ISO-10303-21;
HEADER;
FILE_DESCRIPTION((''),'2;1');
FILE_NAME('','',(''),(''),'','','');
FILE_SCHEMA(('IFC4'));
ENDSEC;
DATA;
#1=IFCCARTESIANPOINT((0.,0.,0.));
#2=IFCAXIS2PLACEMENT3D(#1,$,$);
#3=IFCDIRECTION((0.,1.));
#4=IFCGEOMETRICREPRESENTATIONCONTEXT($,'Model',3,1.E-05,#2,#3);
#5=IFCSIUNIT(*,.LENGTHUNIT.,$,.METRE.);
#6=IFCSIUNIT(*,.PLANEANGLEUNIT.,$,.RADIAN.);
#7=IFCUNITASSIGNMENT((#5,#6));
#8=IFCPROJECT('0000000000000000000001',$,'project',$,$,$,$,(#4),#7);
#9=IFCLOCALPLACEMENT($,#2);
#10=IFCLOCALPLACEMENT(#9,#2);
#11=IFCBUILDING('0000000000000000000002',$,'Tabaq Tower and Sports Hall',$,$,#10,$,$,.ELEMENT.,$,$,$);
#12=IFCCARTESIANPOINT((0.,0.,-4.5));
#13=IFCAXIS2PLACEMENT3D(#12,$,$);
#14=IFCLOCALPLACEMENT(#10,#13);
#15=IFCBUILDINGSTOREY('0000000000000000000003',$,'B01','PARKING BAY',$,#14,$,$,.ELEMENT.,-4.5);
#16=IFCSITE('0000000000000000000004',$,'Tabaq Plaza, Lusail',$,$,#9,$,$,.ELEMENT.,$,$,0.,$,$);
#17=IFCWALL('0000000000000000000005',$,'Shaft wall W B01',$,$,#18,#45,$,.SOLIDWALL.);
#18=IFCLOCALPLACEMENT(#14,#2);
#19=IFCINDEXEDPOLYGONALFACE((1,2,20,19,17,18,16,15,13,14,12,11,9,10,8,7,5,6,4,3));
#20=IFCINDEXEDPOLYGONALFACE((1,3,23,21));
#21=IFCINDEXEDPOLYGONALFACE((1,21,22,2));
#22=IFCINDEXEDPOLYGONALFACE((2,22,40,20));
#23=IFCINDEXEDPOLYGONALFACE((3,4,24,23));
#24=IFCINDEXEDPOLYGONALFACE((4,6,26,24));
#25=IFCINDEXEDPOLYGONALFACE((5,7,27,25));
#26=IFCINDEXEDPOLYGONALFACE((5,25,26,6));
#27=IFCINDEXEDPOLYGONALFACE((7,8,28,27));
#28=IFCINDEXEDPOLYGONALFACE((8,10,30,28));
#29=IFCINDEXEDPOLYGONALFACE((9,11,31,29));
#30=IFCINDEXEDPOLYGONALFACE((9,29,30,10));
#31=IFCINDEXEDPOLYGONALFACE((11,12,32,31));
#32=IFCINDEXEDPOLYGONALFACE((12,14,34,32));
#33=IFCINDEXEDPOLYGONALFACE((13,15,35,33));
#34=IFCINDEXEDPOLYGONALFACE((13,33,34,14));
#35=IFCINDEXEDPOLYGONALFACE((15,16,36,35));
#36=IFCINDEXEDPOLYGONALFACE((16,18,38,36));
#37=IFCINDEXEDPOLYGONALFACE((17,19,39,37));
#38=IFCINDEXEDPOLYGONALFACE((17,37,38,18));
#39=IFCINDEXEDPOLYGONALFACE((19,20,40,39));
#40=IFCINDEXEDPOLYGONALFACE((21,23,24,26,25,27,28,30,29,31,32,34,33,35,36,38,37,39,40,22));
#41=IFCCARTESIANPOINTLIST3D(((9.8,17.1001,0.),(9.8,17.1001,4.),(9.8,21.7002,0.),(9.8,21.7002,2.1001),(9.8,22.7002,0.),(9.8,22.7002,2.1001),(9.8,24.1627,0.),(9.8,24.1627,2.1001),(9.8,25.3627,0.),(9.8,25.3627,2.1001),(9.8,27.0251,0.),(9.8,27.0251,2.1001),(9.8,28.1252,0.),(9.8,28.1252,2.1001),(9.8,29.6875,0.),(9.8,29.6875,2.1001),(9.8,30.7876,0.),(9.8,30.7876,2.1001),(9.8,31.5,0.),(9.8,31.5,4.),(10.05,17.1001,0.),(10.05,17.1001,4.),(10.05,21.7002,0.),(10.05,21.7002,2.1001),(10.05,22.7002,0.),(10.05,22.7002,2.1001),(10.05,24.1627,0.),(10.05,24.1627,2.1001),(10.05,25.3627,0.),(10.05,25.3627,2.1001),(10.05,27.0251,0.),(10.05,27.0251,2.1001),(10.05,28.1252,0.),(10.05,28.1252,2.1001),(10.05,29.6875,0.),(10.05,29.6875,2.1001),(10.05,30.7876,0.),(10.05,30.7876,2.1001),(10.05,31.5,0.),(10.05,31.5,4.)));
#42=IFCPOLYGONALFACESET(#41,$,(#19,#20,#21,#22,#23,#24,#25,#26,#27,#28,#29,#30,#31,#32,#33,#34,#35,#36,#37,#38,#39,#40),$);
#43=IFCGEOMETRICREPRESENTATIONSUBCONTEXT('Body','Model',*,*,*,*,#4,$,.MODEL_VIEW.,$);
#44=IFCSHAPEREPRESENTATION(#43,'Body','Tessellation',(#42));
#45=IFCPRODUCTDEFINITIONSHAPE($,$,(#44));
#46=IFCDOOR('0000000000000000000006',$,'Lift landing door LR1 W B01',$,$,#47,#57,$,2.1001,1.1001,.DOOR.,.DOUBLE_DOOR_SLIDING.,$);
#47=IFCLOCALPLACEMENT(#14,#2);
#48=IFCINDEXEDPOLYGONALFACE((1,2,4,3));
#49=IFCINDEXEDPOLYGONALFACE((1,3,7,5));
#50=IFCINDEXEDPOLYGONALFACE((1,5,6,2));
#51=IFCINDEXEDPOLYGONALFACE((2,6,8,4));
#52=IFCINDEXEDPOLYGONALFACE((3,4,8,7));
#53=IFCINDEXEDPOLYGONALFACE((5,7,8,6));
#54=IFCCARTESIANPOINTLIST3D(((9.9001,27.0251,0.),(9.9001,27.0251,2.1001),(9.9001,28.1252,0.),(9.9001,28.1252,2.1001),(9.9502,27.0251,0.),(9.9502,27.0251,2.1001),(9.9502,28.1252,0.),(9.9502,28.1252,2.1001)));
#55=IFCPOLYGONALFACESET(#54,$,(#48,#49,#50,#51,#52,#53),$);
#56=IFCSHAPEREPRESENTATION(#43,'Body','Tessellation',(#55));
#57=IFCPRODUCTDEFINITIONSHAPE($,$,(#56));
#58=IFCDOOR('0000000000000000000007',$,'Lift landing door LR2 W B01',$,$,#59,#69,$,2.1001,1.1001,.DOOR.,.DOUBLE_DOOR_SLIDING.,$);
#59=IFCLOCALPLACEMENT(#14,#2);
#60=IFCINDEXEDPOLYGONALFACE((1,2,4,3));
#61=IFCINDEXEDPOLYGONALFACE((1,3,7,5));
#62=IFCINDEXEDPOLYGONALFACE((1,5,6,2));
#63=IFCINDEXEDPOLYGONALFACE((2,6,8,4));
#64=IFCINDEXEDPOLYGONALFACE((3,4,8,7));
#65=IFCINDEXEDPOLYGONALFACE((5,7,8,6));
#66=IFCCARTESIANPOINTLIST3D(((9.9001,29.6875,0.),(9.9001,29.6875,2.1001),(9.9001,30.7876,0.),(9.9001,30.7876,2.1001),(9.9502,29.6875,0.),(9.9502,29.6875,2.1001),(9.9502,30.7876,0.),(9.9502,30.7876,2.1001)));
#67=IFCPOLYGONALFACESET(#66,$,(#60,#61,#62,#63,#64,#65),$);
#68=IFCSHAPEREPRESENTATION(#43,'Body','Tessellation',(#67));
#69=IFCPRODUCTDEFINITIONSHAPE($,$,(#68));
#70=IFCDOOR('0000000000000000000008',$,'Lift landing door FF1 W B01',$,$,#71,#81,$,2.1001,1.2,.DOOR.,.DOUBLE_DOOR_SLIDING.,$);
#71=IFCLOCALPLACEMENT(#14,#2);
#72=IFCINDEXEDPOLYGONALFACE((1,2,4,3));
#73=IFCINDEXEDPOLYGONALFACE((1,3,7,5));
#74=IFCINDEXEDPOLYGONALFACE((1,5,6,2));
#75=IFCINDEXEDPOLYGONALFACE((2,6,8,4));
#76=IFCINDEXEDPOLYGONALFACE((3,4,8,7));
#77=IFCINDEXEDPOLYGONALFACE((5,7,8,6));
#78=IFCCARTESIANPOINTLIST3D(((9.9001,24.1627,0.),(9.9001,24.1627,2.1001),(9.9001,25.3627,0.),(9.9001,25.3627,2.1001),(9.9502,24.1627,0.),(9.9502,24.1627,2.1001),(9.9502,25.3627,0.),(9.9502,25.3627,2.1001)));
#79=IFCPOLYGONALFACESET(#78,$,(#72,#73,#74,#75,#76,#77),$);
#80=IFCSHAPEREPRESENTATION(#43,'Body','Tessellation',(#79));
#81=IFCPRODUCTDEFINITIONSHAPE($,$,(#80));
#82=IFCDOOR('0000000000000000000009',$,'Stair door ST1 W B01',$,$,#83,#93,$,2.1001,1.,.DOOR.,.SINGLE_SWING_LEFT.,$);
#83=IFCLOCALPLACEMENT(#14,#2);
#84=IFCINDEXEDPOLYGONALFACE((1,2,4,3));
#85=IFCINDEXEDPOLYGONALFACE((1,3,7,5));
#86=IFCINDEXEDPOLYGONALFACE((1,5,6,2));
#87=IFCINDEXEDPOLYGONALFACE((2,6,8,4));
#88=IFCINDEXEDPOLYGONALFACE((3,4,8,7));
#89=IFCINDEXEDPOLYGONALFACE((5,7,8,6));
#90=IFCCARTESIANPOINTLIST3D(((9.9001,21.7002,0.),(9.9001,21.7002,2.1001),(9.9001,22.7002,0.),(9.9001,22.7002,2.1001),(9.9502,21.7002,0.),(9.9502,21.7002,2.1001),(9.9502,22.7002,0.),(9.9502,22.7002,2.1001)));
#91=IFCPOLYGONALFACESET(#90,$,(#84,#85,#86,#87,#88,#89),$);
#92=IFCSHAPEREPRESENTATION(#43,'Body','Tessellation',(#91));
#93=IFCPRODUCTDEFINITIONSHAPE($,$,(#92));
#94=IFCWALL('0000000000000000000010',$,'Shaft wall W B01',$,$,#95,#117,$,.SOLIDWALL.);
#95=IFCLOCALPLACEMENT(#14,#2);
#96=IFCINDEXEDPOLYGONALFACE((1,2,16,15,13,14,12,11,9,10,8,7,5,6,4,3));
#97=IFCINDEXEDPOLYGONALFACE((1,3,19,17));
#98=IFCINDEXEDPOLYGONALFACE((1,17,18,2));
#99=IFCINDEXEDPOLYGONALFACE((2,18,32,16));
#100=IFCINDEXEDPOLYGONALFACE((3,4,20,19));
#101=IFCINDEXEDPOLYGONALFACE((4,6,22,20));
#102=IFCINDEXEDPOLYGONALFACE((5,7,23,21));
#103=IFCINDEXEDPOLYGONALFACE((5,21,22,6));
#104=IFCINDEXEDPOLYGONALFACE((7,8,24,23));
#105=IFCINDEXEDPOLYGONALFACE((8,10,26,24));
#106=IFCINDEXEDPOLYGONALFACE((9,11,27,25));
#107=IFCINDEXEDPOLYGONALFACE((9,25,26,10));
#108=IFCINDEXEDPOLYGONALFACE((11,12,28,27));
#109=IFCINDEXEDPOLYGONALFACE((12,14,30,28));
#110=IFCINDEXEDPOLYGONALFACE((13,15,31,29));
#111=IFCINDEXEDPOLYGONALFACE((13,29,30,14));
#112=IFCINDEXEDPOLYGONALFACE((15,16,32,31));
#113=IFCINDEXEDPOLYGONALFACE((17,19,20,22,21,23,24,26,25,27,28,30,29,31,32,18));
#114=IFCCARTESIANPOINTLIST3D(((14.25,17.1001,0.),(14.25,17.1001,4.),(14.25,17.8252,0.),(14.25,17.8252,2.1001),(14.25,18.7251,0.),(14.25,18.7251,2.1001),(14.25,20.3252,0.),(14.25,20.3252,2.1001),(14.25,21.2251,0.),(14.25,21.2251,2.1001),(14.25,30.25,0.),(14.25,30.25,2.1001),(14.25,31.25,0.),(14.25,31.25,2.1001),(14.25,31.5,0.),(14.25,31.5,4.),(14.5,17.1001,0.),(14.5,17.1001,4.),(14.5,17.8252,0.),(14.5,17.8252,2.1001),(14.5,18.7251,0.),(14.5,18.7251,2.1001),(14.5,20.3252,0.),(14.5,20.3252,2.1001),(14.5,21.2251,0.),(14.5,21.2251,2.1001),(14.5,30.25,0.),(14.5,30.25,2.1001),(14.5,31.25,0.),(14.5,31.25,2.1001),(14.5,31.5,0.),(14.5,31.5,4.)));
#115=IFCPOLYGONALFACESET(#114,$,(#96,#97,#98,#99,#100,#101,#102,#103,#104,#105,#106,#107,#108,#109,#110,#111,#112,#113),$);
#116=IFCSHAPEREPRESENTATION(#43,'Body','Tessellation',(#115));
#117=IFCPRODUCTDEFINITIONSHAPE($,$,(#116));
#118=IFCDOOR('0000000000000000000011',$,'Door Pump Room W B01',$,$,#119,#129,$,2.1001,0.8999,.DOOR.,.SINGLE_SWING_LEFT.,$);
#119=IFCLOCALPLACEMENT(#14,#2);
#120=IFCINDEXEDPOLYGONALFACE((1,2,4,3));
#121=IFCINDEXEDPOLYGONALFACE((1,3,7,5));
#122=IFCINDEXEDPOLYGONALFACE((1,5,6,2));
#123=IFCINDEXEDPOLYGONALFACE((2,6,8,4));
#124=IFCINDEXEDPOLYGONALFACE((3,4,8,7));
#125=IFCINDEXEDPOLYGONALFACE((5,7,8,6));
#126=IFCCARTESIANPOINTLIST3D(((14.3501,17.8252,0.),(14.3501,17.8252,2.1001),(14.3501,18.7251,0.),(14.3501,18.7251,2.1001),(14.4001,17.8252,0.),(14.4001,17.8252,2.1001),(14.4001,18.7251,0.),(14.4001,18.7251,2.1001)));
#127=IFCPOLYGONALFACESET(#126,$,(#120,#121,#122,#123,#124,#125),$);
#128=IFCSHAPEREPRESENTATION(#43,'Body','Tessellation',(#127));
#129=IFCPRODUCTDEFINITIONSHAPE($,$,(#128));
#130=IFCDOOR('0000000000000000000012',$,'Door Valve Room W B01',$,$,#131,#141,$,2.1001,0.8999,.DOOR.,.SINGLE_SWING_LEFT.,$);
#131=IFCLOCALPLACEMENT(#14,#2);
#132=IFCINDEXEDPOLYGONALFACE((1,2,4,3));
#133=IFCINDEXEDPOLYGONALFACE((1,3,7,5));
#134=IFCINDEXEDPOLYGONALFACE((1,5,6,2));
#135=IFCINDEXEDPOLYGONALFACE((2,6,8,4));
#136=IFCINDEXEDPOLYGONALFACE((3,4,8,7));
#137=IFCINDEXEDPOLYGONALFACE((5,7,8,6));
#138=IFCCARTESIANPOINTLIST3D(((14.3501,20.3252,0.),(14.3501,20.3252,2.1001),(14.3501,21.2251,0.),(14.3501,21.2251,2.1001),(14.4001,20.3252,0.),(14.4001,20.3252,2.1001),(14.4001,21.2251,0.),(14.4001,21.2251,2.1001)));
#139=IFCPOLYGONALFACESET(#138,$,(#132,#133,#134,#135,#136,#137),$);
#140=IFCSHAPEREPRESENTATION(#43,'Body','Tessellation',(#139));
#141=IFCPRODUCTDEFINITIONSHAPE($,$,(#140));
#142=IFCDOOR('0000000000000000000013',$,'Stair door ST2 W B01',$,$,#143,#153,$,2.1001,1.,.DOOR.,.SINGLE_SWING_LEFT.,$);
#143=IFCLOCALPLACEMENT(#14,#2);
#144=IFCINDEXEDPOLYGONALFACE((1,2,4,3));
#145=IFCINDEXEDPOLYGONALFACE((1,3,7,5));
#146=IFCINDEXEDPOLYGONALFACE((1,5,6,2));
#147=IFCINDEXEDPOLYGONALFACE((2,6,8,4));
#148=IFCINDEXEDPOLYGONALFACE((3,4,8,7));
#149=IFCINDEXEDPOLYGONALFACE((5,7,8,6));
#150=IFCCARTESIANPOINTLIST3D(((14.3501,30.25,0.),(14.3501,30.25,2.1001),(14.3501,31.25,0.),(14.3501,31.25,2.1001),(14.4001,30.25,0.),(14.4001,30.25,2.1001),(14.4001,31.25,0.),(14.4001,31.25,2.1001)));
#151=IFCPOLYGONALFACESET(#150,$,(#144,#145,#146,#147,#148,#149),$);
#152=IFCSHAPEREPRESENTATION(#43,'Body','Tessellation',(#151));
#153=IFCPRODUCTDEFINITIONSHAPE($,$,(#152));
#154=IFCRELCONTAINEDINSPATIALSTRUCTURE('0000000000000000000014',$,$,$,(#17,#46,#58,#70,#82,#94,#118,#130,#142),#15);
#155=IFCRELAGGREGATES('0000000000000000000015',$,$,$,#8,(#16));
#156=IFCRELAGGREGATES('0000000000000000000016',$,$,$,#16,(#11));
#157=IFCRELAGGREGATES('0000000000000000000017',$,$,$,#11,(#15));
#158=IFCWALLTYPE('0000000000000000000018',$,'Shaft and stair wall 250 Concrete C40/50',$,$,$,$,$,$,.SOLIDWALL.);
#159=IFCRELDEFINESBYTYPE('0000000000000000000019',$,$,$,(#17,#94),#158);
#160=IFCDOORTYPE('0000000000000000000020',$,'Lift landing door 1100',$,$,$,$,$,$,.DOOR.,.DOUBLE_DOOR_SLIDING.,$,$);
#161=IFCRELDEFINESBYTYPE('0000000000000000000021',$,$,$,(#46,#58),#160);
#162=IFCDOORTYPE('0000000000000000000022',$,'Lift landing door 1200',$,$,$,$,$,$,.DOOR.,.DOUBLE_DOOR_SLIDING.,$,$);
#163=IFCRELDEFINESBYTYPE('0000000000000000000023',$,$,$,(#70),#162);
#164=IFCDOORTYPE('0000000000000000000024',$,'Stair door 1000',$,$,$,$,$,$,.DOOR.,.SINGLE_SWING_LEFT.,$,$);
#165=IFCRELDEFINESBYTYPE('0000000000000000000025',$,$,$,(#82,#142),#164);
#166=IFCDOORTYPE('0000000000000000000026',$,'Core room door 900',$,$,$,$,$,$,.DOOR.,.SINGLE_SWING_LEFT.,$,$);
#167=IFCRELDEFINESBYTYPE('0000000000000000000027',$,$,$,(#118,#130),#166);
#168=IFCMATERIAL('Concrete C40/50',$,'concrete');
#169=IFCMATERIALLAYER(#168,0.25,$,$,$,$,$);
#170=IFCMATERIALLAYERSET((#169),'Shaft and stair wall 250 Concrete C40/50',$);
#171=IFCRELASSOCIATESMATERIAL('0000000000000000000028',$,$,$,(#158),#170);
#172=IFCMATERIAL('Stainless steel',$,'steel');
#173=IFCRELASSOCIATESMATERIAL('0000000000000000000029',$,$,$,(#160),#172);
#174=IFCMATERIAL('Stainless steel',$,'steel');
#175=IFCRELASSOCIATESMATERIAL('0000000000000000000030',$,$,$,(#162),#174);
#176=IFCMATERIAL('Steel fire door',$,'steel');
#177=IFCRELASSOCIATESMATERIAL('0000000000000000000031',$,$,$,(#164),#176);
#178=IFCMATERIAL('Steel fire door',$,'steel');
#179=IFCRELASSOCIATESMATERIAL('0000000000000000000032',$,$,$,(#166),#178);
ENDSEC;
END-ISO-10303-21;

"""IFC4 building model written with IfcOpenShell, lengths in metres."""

from ifc_helpers import new_model, si_unit, direction, frame, frame_2d, origin, place, context, subcontext, project, spatial, rectangle, extrude, material, layer, layer_set, type_object, element, fill, save


model = new_model("IFC4")

# Units and contexts
model_context = context("Model", 3, precision=1e-05, world=origin(), true_north=direction((0.0, 1.0)))
body_context = subcontext(model_context, "Body", "Model", "MODEL_VIEW")
ifc_project = project(units=[si_unit("LENGTHUNIT", "METRE"), si_unit("PLANEANGLEUNIT", "RADIAN")], contexts=[model_context])

# Site, building, storey
site_placement = place(None, origin())
site = spatial("IfcSite", under=ifc_project, at=site_placement, Name="Tabaq Plaza, Lusail", CompositionType="ELEMENT", RefElevation=0.0)
building_placement = place(site_placement, origin())
building = spatial("IfcBuilding", under=site, at=building_placement, Name="Tabaq Tower and Sports Hall", CompositionType="ELEMENT")
storey_placement = place(building_placement, frame((0.0, 0.0, -4.5)))
storey = spatial("IfcBuildingStorey", under=building, at=storey_placement, Name="B01", Description="PARKING BAY", CompositionType="ELEMENT", Elevation=-4.5)

# Walls, openings, doors
ifc_material_1 = material(Name="Concrete C40/50", Category="concrete")
ifc_layer_1 = layer(ifc_material_1, 0.25)
ifc_layer_set_1 = layer_set([ifc_layer_1], Name="Shaft and stair wall 250 Concrete C40/50")
wall_type_1 = type_object("IfcWallType", Name="Shaft and stair wall 250 Concrete C40/50", PredefinedType="SOLIDWALL", material=ifc_layer_set_1)
wall_1_placement = place(storey_placement, frame((9.925, 17.1001, 0.0), z_axis=(0.0, 0.0, 1.0), x_axis=(0.0, 1.0, 0.0)))
wall_1 = element("IfcWall", 1, at=wall_1_placement, inside=storey, type_object=wall_type_1, Name="Shaft wall W B01", PredefinedType="SOLIDWALL", context=body_context, shape_type="SweptSolid", body=[
    extrude(rectangle(XDim=14.3999, YDim=0.25, at=frame_2d((7.2, 0.0))), origin(), (0.0, 0.0, 1.0), 4.0),
])
opening_1_placement = place(wall_1_placement, frame((4.6001, 0.0, 0.0)))
opening_1 = element("IfcOpeningElement", 2, at=opening_1_placement, cuts=wall_1, PredefinedType="OPENING", context=body_context, shape_type="SweptSolid", body=[
    extrude(rectangle(XDim=1.0, YDim=2.1001, at=frame_2d((0.5, 1.05))), frame((0.0, 0.125, 0.0), z_axis=(0.0, -1.0, 0.0), x_axis=(1.0, 0.0, 0.0)), (0.0, 0.0, 1.0), 0.25),
])
opening_2_placement = place(wall_1_placement, frame((7.0625, 0.0, 0.0)))
opening_2 = element("IfcOpeningElement", 3, at=opening_2_placement, cuts=wall_1, PredefinedType="OPENING", context=body_context, shape_type="SweptSolid", body=[
    extrude(rectangle(XDim=1.2, YDim=2.1001, at=frame_2d((0.6001, 1.05))), frame((0.0, 0.125, 0.0), z_axis=(0.0, -1.0, 0.0), x_axis=(1.0, 0.0, 0.0)), (0.0, 0.0, 1.0), 0.25),
])
opening_3_placement = place(wall_1_placement, frame((9.925, 0.0, 0.0)))
opening_3 = element("IfcOpeningElement", 4, at=opening_3_placement, cuts=wall_1, PredefinedType="OPENING", context=body_context, shape_type="SweptSolid", body=[
    extrude(rectangle(XDim=1.1001, YDim=2.1001, at=frame_2d((0.55, 1.05))), frame((0.0, 0.125, 0.0), z_axis=(0.0, -1.0, 0.0), x_axis=(1.0, 0.0, 0.0)), (0.0, 0.0, 1.0), 0.25),
])
opening_4_placement = place(wall_1_placement, frame((12.5874, 0.0, 0.0)))
opening_4 = element("IfcOpeningElement", 5, at=opening_4_placement, cuts=wall_1, PredefinedType="OPENING", context=body_context, shape_type="SweptSolid", body=[
    extrude(rectangle(XDim=1.1001, YDim=2.1001, at=frame_2d((0.55, 1.05))), frame((0.0, 0.125, 0.0), z_axis=(0.0, -1.0, 0.0), x_axis=(1.0, 0.0, 0.0)), (0.0, 0.0, 1.0), 0.25),
])
ifc_material_2 = material(Name="Stainless steel", Category="steel")
door_type_1 = type_object("IfcDoorType", Name="Lift landing door 1100", OperationType="DOUBLE_DOOR_SLIDING", PredefinedType="DOOR", material=ifc_material_2)
door_1_placement = place(opening_3_placement, origin())
door_1 = element("IfcDoor", 6, at=door_1_placement, inside=storey, type_object=door_type_1, Name="Lift landing door LR1 W B01", OperationType="DOUBLE_DOOR_SLIDING", OverallHeight=2.1001, OverallWidth=1.1001, PredefinedType="DOOR", context=body_context, shape_type="SweptSolid", body=[
    extrude(rectangle(XDim=1.1001, YDim=2.1001, at=frame_2d((0.55, 1.05))), frame((0.0, 0.0249, 0.0), z_axis=(0.0, -1.0, 0.0), x_axis=(1.0, 0.0, 0.0)), (0.0, 0.0, 1.0), 0.05),
])
fill(opening_3, door_1)
door_2_placement = place(opening_4_placement, origin())
door_2 = element("IfcDoor", 7, at=door_2_placement, inside=storey, type_object=door_type_1, Name="Lift landing door LR2 W B01", OperationType="DOUBLE_DOOR_SLIDING", OverallHeight=2.1001, OverallWidth=1.1001, PredefinedType="DOOR", context=body_context, shape_type="SweptSolid", body=[
    extrude(rectangle(XDim=1.1001, YDim=2.1001, at=frame_2d((0.55, 1.05))), frame((0.0, 0.0249, 0.0), z_axis=(0.0, -1.0, 0.0), x_axis=(1.0, 0.0, 0.0)), (0.0, 0.0, 1.0), 0.05),
])
fill(opening_4, door_2)
ifc_material_3 = material(Name="Stainless steel", Category="steel")
door_type_2 = type_object("IfcDoorType", Name="Lift landing door 1200", OperationType="DOUBLE_DOOR_SLIDING", PredefinedType="DOOR", material=ifc_material_3)
door_3_placement = place(opening_2_placement, origin())
door_3 = element("IfcDoor", 8, at=door_3_placement, inside=storey, type_object=door_type_2, Name="Lift landing door FF1 W B01", OperationType="DOUBLE_DOOR_SLIDING", OverallHeight=2.1001, OverallWidth=1.2, PredefinedType="DOOR", context=body_context, shape_type="SweptSolid", body=[
    extrude(rectangle(XDim=1.2, YDim=2.1001, at=frame_2d((0.6001, 1.05))), frame((0.0, 0.0249, 0.0), z_axis=(0.0, -1.0, 0.0), x_axis=(1.0, 0.0, 0.0)), (0.0, 0.0, 1.0), 0.05),
])
fill(opening_2, door_3)
ifc_material_4 = material(Name="Steel fire door", Category="steel")
door_type_3 = type_object("IfcDoorType", Name="Stair door 1000", OperationType="SINGLE_SWING_LEFT", PredefinedType="DOOR", material=ifc_material_4)
door_4_placement = place(opening_1_placement, origin())
door_4 = element("IfcDoor", 9, at=door_4_placement, inside=storey, type_object=door_type_3, Name="Stair door ST1 W B01", OperationType="SINGLE_SWING_LEFT", OverallHeight=2.1001, OverallWidth=1.0, PredefinedType="DOOR", context=body_context, shape_type="SweptSolid", body=[
    extrude(rectangle(XDim=1.0, YDim=2.1001, at=frame_2d((0.5, 1.05))), frame((0.0, 0.0249, 0.0), z_axis=(0.0, -1.0, 0.0), x_axis=(1.0, 0.0, 0.0)), (0.0, 0.0, 1.0), 0.05),
])
fill(opening_1, door_4)
wall_2_placement = place(storey_placement, frame((14.375, 17.1001, 0.0), z_axis=(0.0, 0.0, 1.0), x_axis=(0.0, 1.0, 0.0)))
wall_2 = element("IfcWall", 10, at=wall_2_placement, inside=storey, type_object=wall_type_1, Name="Shaft wall W B01", PredefinedType="SOLIDWALL", context=body_context, shape_type="SweptSolid", body=[
    extrude(rectangle(XDim=14.3999, YDim=0.25, at=frame_2d((7.2, 0.0))), origin(), (0.0, 0.0, 1.0), 4.0),
])
opening_5_placement = place(wall_2_placement, frame((13.1499, 0.0, 0.0)))
opening_5 = element("IfcOpeningElement", 11, at=opening_5_placement, cuts=wall_2, PredefinedType="OPENING", context=body_context, shape_type="SweptSolid", body=[
    extrude(rectangle(XDim=1.0, YDim=2.1001, at=frame_2d((0.5, 1.05))), frame((0.0, 0.125, 0.0), z_axis=(0.0, -1.0, 0.0), x_axis=(1.0, 0.0, 0.0)), (0.0, 0.0, 1.0), 0.25),
])
opening_6_placement = place(wall_2_placement, frame((0.7251, 0.0, 0.0)))
opening_6 = element("IfcOpeningElement", 12, at=opening_6_placement, cuts=wall_2, PredefinedType="OPENING", context=body_context, shape_type="SweptSolid", body=[
    extrude(rectangle(XDim=0.8999, YDim=2.1001, at=frame_2d((0.45, 1.05))), frame((0.0, 0.125, 0.0), z_axis=(0.0, -1.0, 0.0), x_axis=(1.0, 0.0, 0.0)), (0.0, 0.0, 1.0), 0.25),
])
opening_7_placement = place(wall_2_placement, frame((3.2251, 0.0, 0.0)))
opening_7 = element("IfcOpeningElement", 13, at=opening_7_placement, cuts=wall_2, PredefinedType="OPENING", context=body_context, shape_type="SweptSolid", body=[
    extrude(rectangle(XDim=0.8999, YDim=2.1001, at=frame_2d((0.45, 1.05))), frame((0.0, 0.125, 0.0), z_axis=(0.0, -1.0, 0.0), x_axis=(1.0, 0.0, 0.0)), (0.0, 0.0, 1.0), 0.25),
])
ifc_material_5 = material(Name="Steel fire door", Category="steel")
door_type_4 = type_object("IfcDoorType", Name="Core room door 900", OperationType="SINGLE_SWING_LEFT", PredefinedType="DOOR", material=ifc_material_5)
door_5_placement = place(opening_6_placement, origin())
door_5 = element("IfcDoor", 14, at=door_5_placement, inside=storey, type_object=door_type_4, Name="Door Pump Room W B01", OperationType="SINGLE_SWING_LEFT", OverallHeight=2.1001, OverallWidth=0.8999, PredefinedType="DOOR", context=body_context, shape_type="SweptSolid", body=[
    extrude(rectangle(XDim=0.8999, YDim=2.1001, at=frame_2d((0.45, 1.05))), frame((0.0, 0.0249, 0.0), z_axis=(0.0, -1.0, 0.0), x_axis=(1.0, 0.0, 0.0)), (0.0, 0.0, 1.0), 0.05),
])
fill(opening_6, door_5)
door_6_placement = place(opening_7_placement, origin())
door_6 = element("IfcDoor", 15, at=door_6_placement, inside=storey, type_object=door_type_4, Name="Door Valve Room W B01", OperationType="SINGLE_SWING_LEFT", OverallHeight=2.1001, OverallWidth=0.8999, PredefinedType="DOOR", context=body_context, shape_type="SweptSolid", body=[
    extrude(rectangle(XDim=0.8999, YDim=2.1001, at=frame_2d((0.45, 1.05))), frame((0.0, 0.0249, 0.0), z_axis=(0.0, -1.0, 0.0), x_axis=(1.0, 0.0, 0.0)), (0.0, 0.0, 1.0), 0.05),
])
fill(opening_7, door_6)
door_7_placement = place(opening_5_placement, origin())
door_7 = element("IfcDoor", 16, at=door_7_placement, inside=storey, type_object=door_type_3, Name="Stair door ST2 W B01", OperationType="SINGLE_SWING_LEFT", OverallHeight=2.1001, OverallWidth=1.0, PredefinedType="DOOR", context=body_context, shape_type="SweptSolid", body=[
    extrude(rectangle(XDim=1.0, YDim=2.1001, at=frame_2d((0.5, 1.05))), frame((0.0, 0.0249, 0.0), z_axis=(0.0, -1.0, 0.0), x_axis=(1.0, 0.0, 0.0)), (0.0, 0.0, 1.0), 0.05),
])
fill(opening_5, door_7)

save(model, "model.ifc")
